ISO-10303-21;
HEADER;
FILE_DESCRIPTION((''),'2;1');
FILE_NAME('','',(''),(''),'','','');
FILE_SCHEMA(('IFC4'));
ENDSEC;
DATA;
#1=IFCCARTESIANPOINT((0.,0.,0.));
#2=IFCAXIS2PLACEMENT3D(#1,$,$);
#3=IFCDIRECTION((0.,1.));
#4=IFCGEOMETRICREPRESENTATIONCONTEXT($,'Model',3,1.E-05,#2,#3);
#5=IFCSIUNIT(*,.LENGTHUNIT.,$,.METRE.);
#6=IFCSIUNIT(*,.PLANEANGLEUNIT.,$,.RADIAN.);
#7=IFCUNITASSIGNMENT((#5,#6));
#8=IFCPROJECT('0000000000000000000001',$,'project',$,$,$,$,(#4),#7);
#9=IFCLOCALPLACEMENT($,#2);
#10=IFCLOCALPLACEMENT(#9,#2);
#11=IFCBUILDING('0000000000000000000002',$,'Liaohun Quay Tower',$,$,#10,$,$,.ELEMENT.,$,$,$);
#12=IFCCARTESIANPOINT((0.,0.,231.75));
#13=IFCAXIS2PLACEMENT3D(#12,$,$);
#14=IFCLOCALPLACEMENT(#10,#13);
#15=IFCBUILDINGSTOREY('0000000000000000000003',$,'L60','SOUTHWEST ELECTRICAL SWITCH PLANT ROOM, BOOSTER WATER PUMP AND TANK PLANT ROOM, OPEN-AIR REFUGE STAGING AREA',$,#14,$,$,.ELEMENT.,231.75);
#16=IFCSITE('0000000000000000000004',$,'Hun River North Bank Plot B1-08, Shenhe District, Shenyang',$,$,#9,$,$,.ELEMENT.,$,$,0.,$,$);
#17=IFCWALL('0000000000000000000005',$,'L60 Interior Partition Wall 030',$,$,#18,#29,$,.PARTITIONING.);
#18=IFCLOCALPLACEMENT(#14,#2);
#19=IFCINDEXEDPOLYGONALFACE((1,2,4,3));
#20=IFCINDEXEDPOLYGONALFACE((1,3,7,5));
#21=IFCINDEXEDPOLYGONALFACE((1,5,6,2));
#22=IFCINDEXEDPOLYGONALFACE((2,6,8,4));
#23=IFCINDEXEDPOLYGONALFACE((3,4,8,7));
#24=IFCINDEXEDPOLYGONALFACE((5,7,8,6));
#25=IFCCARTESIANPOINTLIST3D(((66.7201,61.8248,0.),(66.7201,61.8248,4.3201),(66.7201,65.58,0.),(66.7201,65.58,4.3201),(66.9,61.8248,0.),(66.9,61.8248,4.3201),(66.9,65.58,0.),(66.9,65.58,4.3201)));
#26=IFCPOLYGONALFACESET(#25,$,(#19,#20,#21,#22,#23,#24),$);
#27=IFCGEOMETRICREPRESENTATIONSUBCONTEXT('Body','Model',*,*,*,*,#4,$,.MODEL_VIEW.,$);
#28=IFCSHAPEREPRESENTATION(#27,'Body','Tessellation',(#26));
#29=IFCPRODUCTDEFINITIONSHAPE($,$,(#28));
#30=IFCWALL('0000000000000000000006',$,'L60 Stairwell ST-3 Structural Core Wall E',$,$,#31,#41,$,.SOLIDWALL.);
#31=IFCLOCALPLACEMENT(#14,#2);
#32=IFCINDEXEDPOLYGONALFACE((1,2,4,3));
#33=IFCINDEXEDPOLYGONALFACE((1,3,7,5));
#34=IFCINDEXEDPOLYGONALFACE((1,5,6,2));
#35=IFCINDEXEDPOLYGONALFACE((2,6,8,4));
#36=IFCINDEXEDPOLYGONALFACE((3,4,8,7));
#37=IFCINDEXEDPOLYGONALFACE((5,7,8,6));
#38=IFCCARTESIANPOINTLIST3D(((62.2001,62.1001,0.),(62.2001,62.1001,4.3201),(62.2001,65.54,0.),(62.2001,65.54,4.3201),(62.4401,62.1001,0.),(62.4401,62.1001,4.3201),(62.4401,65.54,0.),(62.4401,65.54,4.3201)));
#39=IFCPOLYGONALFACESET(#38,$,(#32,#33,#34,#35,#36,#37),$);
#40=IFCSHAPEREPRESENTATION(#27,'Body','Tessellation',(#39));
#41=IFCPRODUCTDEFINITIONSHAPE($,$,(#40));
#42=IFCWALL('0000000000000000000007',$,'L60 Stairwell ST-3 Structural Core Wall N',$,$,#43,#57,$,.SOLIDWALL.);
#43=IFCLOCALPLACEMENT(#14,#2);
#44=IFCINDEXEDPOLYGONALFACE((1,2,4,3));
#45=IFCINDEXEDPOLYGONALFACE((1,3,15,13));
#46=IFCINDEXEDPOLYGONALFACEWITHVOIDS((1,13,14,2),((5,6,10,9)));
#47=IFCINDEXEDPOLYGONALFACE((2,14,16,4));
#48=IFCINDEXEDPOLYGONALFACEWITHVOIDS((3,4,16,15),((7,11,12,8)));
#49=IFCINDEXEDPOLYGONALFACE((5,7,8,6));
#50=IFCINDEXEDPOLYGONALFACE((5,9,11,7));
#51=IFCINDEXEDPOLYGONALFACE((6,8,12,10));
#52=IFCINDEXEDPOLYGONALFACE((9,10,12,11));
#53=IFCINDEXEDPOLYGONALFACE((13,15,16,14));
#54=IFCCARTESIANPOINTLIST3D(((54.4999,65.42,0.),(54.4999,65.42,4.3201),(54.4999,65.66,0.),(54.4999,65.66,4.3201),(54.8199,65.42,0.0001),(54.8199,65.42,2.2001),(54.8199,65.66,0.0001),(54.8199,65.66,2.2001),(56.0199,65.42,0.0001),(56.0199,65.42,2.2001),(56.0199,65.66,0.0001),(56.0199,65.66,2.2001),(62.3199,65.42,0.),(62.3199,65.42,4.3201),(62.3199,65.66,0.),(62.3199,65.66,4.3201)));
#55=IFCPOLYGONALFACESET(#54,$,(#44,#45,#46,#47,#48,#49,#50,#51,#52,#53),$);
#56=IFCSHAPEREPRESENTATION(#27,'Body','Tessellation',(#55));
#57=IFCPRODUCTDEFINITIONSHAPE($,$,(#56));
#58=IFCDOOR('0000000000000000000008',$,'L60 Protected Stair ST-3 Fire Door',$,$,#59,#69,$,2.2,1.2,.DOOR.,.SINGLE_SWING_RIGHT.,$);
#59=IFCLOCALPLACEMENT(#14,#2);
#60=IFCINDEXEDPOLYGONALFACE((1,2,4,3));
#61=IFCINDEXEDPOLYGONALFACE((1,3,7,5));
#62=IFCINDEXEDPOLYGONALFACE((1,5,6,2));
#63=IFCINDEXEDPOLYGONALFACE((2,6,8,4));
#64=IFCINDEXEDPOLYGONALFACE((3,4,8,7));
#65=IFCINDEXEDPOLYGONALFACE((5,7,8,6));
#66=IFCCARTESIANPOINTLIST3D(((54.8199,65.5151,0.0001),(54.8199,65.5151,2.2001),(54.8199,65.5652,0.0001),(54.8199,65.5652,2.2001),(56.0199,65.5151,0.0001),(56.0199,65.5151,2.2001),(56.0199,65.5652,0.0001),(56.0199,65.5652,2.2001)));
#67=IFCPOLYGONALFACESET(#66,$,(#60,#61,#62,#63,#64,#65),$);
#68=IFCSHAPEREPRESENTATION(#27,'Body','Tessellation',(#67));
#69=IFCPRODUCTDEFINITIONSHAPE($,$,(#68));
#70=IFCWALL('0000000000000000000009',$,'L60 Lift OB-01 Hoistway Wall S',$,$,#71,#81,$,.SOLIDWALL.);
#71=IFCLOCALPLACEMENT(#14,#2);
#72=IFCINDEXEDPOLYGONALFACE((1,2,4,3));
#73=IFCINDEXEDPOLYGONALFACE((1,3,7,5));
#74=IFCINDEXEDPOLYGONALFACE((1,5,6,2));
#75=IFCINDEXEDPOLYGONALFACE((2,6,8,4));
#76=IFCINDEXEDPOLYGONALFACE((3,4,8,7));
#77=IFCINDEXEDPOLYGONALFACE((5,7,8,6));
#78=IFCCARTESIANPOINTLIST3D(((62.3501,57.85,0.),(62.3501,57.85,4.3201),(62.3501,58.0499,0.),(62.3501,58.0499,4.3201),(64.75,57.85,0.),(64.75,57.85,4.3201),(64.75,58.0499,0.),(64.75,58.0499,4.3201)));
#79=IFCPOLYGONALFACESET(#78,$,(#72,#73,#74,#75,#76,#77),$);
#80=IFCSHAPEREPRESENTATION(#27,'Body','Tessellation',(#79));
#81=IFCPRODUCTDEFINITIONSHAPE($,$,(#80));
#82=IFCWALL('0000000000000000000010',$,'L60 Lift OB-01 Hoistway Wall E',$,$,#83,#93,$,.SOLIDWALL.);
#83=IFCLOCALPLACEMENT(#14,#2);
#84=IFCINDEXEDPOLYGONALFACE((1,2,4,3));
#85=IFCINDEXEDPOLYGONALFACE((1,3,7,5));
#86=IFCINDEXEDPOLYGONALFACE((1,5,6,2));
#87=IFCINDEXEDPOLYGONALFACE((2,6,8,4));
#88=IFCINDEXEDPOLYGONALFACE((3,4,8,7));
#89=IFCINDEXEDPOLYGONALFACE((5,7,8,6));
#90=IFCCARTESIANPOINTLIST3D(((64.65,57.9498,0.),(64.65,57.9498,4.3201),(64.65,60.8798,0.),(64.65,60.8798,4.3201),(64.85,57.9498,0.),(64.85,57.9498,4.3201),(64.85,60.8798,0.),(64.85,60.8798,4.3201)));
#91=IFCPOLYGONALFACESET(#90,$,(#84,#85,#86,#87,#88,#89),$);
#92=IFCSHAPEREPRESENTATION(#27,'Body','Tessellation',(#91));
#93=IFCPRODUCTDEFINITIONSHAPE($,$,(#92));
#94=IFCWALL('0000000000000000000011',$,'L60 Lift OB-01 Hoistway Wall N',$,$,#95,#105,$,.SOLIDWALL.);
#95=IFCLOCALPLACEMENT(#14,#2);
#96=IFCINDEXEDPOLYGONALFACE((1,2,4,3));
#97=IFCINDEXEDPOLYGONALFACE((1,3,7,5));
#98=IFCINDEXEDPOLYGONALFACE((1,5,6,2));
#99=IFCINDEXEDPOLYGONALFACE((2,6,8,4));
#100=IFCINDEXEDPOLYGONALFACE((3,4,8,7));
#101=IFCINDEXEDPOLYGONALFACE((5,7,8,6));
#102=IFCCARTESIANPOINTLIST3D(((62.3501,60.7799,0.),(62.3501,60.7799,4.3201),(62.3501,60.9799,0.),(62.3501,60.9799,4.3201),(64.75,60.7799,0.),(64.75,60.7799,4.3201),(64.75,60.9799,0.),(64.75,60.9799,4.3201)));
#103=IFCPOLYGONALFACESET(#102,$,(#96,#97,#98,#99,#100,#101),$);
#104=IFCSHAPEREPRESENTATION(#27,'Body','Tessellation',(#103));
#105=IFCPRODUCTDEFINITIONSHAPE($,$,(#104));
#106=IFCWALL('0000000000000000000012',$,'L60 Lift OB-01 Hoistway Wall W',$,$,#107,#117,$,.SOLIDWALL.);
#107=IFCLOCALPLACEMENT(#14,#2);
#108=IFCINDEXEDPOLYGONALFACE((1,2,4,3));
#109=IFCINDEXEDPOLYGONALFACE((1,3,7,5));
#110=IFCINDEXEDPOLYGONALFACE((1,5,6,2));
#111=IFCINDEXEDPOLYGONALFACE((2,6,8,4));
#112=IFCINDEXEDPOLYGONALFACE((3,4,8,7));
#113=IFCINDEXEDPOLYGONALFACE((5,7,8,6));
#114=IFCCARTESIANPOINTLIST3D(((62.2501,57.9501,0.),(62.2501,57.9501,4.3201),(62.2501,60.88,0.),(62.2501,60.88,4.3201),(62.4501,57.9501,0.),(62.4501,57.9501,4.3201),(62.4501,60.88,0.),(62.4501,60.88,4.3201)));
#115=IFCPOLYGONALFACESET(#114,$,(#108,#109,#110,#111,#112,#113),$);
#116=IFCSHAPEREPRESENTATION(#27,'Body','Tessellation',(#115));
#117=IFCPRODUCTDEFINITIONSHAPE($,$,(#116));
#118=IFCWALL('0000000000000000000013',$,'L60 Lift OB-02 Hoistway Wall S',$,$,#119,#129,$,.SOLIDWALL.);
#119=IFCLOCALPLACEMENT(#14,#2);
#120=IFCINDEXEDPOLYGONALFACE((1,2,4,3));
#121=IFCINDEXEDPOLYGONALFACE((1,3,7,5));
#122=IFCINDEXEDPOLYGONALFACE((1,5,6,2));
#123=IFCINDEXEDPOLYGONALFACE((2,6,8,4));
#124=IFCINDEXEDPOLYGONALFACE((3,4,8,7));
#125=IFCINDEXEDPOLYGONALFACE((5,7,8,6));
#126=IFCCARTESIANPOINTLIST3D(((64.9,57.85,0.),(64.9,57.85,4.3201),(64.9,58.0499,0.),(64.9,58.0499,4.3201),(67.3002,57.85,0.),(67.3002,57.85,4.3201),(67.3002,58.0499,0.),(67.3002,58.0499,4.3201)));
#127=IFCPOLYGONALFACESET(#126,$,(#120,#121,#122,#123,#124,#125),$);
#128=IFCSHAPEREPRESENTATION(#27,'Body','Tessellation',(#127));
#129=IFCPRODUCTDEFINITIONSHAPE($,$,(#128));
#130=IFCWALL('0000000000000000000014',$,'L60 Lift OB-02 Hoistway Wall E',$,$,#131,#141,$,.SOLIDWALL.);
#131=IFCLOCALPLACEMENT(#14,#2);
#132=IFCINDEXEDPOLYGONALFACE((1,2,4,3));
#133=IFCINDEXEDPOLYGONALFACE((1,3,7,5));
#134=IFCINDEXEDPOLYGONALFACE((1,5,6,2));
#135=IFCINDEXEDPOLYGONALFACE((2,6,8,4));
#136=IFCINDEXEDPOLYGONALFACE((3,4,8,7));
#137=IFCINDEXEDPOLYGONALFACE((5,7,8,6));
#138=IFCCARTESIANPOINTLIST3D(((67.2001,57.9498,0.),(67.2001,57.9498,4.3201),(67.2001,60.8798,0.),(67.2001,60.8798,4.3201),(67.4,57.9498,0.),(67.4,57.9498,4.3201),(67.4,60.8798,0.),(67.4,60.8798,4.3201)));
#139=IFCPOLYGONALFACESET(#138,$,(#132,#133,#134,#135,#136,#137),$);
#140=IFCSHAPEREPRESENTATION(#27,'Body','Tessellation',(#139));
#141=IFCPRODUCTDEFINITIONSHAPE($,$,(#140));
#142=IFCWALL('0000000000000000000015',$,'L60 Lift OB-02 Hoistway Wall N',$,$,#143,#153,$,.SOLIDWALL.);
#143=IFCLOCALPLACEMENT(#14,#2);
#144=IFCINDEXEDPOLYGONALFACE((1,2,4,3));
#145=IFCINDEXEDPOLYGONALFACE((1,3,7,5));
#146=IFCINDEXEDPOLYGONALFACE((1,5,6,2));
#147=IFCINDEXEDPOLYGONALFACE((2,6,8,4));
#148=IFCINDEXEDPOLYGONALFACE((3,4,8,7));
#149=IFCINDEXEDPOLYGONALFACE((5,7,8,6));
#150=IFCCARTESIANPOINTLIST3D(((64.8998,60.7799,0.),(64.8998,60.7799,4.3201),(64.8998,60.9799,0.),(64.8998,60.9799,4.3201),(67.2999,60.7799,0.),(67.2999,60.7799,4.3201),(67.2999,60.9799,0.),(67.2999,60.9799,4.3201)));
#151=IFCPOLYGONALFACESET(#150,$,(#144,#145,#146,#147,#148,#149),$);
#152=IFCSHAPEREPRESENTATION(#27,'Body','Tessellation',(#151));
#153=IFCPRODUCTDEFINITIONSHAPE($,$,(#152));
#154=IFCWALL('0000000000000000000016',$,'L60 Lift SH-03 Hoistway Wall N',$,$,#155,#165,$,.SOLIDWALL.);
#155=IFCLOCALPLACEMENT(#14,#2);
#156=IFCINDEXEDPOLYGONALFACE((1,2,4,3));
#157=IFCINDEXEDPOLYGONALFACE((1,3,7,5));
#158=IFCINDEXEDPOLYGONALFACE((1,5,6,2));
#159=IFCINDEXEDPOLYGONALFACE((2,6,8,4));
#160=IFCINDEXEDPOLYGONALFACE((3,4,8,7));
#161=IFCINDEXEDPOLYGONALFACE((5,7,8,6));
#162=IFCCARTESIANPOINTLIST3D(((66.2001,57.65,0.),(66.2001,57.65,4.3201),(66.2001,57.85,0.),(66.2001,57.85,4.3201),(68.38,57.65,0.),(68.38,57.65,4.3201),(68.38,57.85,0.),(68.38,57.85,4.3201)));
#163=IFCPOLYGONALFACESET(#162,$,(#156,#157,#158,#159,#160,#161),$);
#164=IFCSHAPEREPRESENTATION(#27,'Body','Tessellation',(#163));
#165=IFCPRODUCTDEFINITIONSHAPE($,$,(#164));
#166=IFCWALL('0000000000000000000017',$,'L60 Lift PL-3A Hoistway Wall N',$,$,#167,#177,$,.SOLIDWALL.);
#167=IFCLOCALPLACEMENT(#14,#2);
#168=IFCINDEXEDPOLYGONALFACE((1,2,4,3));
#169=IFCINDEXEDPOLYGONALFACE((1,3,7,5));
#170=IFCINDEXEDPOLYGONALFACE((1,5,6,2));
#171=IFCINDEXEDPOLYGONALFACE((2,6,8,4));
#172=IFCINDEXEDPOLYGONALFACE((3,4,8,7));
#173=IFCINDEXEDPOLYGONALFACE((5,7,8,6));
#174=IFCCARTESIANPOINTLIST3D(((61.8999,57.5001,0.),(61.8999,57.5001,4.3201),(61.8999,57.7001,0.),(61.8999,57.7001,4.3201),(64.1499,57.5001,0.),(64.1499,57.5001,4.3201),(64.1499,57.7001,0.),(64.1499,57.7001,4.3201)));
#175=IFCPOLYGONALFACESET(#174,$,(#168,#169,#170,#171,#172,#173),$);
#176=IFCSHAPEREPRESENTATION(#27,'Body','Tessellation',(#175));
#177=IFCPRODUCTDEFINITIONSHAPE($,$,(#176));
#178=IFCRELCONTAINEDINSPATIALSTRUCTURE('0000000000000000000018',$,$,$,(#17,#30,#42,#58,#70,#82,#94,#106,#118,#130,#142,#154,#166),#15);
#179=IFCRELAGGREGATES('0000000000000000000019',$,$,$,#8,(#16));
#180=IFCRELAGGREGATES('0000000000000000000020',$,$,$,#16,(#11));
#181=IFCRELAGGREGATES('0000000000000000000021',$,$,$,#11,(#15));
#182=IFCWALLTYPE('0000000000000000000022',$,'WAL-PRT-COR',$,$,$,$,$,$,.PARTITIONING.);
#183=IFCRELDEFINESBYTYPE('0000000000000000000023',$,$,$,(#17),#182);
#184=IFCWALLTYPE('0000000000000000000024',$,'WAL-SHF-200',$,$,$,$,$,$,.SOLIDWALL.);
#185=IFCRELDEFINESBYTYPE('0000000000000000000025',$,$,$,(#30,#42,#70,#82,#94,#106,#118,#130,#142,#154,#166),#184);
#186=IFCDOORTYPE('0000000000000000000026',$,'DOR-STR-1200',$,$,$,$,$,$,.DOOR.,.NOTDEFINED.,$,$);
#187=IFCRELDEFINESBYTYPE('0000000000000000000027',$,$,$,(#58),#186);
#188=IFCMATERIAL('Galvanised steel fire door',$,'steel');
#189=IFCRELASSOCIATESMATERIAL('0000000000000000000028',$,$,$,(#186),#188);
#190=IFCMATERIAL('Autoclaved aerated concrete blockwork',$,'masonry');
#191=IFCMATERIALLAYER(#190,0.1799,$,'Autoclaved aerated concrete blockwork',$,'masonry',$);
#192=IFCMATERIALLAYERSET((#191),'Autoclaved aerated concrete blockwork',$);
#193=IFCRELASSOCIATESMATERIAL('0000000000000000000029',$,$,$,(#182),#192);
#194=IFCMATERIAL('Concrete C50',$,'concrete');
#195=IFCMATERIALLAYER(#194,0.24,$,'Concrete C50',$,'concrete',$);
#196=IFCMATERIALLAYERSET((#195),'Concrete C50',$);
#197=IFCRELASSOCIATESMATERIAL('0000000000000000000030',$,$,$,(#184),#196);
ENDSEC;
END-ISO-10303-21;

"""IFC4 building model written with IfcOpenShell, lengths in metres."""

from ifc_helpers import new_model, si_unit, direction, frame, frame_2d, origin, place, context, subcontext, project, spatial, rectangle, extrude, source, transform, mapped, material, layer, layer_set, type_object, element, fill, save


model = new_model("IFC4")

# Units and contexts
model_context = context("Model", 3, precision=1e-05, world=origin(), true_north=direction((0.0, 1.0)))
body_context = subcontext(model_context, "Body", "Model", "MODEL_VIEW")
ifc_project = project(units=[si_unit("LENGTHUNIT", "METRE"), si_unit("PLANEANGLEUNIT", "RADIAN")], contexts=[model_context])

# Site, building, storey
site_placement = place(None, origin())
site = spatial("IfcSite", under=ifc_project, at=site_placement, Name="Hun River North Bank Plot B1-08, Shenhe District, Shenyang", CompositionType="ELEMENT", RefElevation=0.0)
building_placement = place(site_placement, origin())
building = spatial("IfcBuilding", under=site, at=building_placement, Name="Liaohun Quay Tower", CompositionType="ELEMENT")
storey_placement = place(building_placement, frame((0.0, 0.0, 231.75)))
storey = spatial("IfcBuildingStorey", under=building, at=storey_placement, Name="L60", Description="SOUTHWEST ELECTRICAL SWITCH PLANT ROOM, BOOSTER WATER PUMP AND TANK PLANT ROOM, OPEN-AIR REFUGE STAGING AREA", CompositionType="ELEMENT", Elevation=231.75)

# Shared definitions
ifc_material_1 = material(Name="Galvanised steel fire door", Category="steel")
door_type_1 = type_object("IfcDoorType", Name="DOR-STR-1200", OperationType="NOTDEFINED", PredefinedType="DOOR", material=ifc_material_1)
shared_shape_1 = source(origin(), body_context, "Body", "SweptSolid", [
    extrude(rectangle(XDim=1.2, YDim=2.2, at=frame_2d((0.6001, 1.1001))), frame((0.0, 0.0249, 0.0), z_axis=(0.0, -1.0, 0.0), x_axis=(1.0, 0.0, 0.0)), (0.0, 0.0, 1.0), 0.05),
])
ifc_material_2 = material(Name="Autoclaved aerated concrete blockwork", Category="masonry")
ifc_layer_1 = layer(ifc_material_2, 0.1799, Name="Autoclaved aerated concrete blockwork", Category="masonry")
ifc_layer_set_1 = layer_set([ifc_layer_1], Name="Autoclaved aerated concrete blockwork")
wall_type_1 = type_object("IfcWallType", Name="WAL-PRT-COR", PredefinedType="PARTITIONING", material=ifc_layer_set_1)

# Walls
for number, where, z_axis, x_axis, name in (
    (1, (66.8101, 61.825, 0.0), (0.0, 0.0, 1.0), (0.0, 1.0, 0.0), "L60 Interior Partition Wall 030"),
):
    element("IfcWall", number, at=place(storey_placement, frame(where, z_axis=z_axis, x_axis=x_axis)), inside=storey, type_object=wall_type_1, Name=name, PredefinedType="PARTITIONING", context=body_context, shape_type="SweptSolid", body=[
        extrude(rectangle(XDim=3.7551, YDim=0.1799, at=frame_2d((1.8774, 0.0))), origin(), (0.0, 0.0, 1.0), 4.3201),
    ])
ifc_material_3 = material(Name="Concrete C50", Category="concrete")
ifc_layer_2 = layer(ifc_material_3, 0.24, Name="Concrete C50", Category="concrete")
ifc_layer_set_2 = layer_set([ifc_layer_2], Name="Concrete C50")
wall_type_2 = type_object("IfcWallType", Name="WAL-SHF-200", PredefinedType="SOLIDWALL", material=ifc_layer_set_2)
wall_1_placement = place(storey_placement, frame((62.3201, 62.1001, 0.0), z_axis=(0.0, 0.0, 1.0), x_axis=(0.0, 1.0, 0.0)))
element("IfcWall", 2, at=wall_1_placement, inside=storey, type_object=wall_type_2, Name="L60 Stairwell ST-3 Structural Core Wall E", PredefinedType="SOLIDWALL", context=body_context, shape_type="SweptSolid", body=[
    extrude(rectangle(XDim=3.4399, YDim=0.24, at=frame_2d((1.72, 0.0))), origin(), (0.0, 0.0, 1.0), 4.3201),
])

# Wall, opening, door
wall_2_placement = place(storey_placement, frame((62.3201, 65.54, 0.0), z_axis=(0.0, 0.0, 1.0), x_axis=(-1.0, 0.0, 0.0)))
wall_2 = element("IfcWall", 3, at=wall_2_placement, inside=storey, type_object=wall_type_2, Name="L60 Stairwell ST-3 Structural Core Wall N", PredefinedType="SOLIDWALL", context=body_context, shape_type="SweptSolid", body=[
    extrude(rectangle(XDim=7.8201, YDim=0.24, at=frame_2d((3.9102, 0.0))), origin(), (0.0, 0.0, 1.0), 4.3201),
])
shared_shape_2 = source(origin(), body_context, "Body", "SweptSolid", [
    extrude(rectangle(XDim=1.2, YDim=2.2, at=frame_2d((0.6001, 1.1001))), frame((0.0, 0.1299, 0.0), z_axis=(0.0, -1.0, 0.0), x_axis=(1.0, 0.0, 0.0)), (0.0, 0.0, 1.0), 0.26),
])
opening_1_placement = place(wall_2_placement, frame((6.3, 0.0, 0.0)))
opening_1 = element("IfcOpeningElement", 4, at=opening_1_placement, cuts=wall_2, PredefinedType="OPENING", context=body_context, shape_type="MappedRepresentation", body=[
    mapped(shared_shape_2, transform((0.0, 0.0, 0.0), x_axis=(1.0, 0.0, 0.0), y_axis=(0.0, 1.0, 0.0), z_axis=(0.0, 0.0, 1.0), scale=1.0)),
])
door_1_placement = place(opening_1_placement, origin())
door_1 = element("IfcDoor", 5, at=door_1_placement, inside=storey, type_object=door_type_1, Name="L60 Protected Stair ST-3 Fire Door", OperationType="SINGLE_SWING_RIGHT", OverallHeight=2.2, OverallWidth=1.2, PredefinedType="DOOR", context=body_context, shape_type="MappedRepresentation", body=[
    mapped(shared_shape_1, transform((0.0, 0.0, 0.0), x_axis=(1.0, 0.0, 0.0), y_axis=(0.0, 1.0, 0.0), z_axis=(0.0, 0.0, 1.0), scale=1.0)),
])
fill(opening_1, door_1)

# Walls
wall_3_placement = place(storey_placement, frame((62.3501, 57.95, 0.0), z_axis=(0.0, 0.0, 1.0), x_axis=(1.0, 0.0, 0.0)))
element("IfcWall", 6, at=wall_3_placement, inside=storey, type_object=wall_type_2, Name="L60 Lift OB-01 Hoistway Wall S", PredefinedType="SOLIDWALL", context=body_context, shape_type="SweptSolid", body=[
    extrude(rectangle(XDim=2.3999, YDim=0.2, at=frame_2d((1.2, 0.0))), origin(), (0.0, 0.0, 1.0), 4.3201),
])
wall_4_placement = place(storey_placement, frame((64.75, 57.95, 0.0), z_axis=(0.0, 0.0, 1.0), x_axis=(0.0, 1.0, 0.0)))
element("IfcWall", 7, at=wall_4_placement, inside=storey, type_object=wall_type_2, Name="L60 Lift OB-01 Hoistway Wall E", PredefinedType="SOLIDWALL", context=body_context, shape_type="SweptSolid", body=[
    extrude(rectangle(XDim=2.9299, YDim=0.2, at=frame_2d((1.4648, 0.0))), origin(), (0.0, 0.0, 1.0), 4.3201),
])
wall_5_placement = place(storey_placement, frame((64.75, 60.8799, 0.0), z_axis=(0.0, 0.0, 1.0), x_axis=(-1.0, 0.0, 0.0)))
element("IfcWall", 8, at=wall_5_placement, inside=storey, type_object=wall_type_2, Name="L60 Lift OB-01 Hoistway Wall N", PredefinedType="SOLIDWALL", context=body_context, shape_type="SweptSolid", body=[
    extrude(rectangle(XDim=2.3999, YDim=0.2, at=frame_2d((1.2, 0.0))), origin(), (0.0, 0.0, 1.0), 4.3201),
])
wall_6_placement = place(storey_placement, frame((62.3501, 60.8799, 0.0), z_axis=(0.0, 0.0, 1.0), x_axis=(0.0, -1.0, 0.0)))
element("IfcWall", 9, at=wall_6_placement, inside=storey, type_object=wall_type_2, Name="L60 Lift OB-01 Hoistway Wall W", PredefinedType="SOLIDWALL", context=body_context, shape_type="SweptSolid", body=[
    extrude(rectangle(XDim=2.9299, YDim=0.2, at=frame_2d((1.4648, 0.0))), origin(), (0.0, 0.0, 1.0), 4.3201),
])
wall_7_placement = place(storey_placement, frame((64.8999, 57.95, 0.0), z_axis=(0.0, 0.0, 1.0), x_axis=(1.0, 0.0, 0.0)))
element("IfcWall", 10, at=wall_7_placement, inside=storey, type_object=wall_type_2, Name="L60 Lift OB-02 Hoistway Wall S", PredefinedType="SOLIDWALL", context=body_context, shape_type="SweptSolid", body=[
    extrude(rectangle(XDim=2.4001, YDim=0.2, at=frame_2d((1.2002, 0.0))), origin(), (0.0, 0.0, 1.0), 4.3201),
])
wall_8_placement = place(storey_placement, frame((67.3, 57.95, 0.0), z_axis=(0.0, 0.0, 1.0), x_axis=(0.0, 1.0, 0.0)))
element("IfcWall", 11, at=wall_8_placement, inside=storey, type_object=wall_type_2, Name="L60 Lift OB-02 Hoistway Wall E", PredefinedType="SOLIDWALL", context=body_context, shape_type="SweptSolid", body=[
    extrude(rectangle(XDim=2.9299, YDim=0.2, at=frame_2d((1.4648, 0.0))), origin(), (0.0, 0.0, 1.0), 4.3201),
])
wall_9_placement = place(storey_placement, frame((67.3, 60.8799, 0.0), z_axis=(0.0, 0.0, 1.0), x_axis=(-1.0, 0.0, 0.0)))
element("IfcWall", 12, at=wall_9_placement, inside=storey, type_object=wall_type_2, Name="L60 Lift OB-02 Hoistway Wall N", PredefinedType="SOLIDWALL", context=body_context, shape_type="SweptSolid", body=[
    extrude(rectangle(XDim=2.4001, YDim=0.2, at=frame_2d((1.2002, 0.0))), origin(), (0.0, 0.0, 1.0), 4.3201),
])
wall_10_placement = place(storey_placement, frame((68.3799, 57.75, 0.0), z_axis=(0.0, 0.0, 1.0), x_axis=(-1.0, 0.0, 0.0)))
element("IfcWall", 13, at=wall_10_placement, inside=storey, type_object=wall_type_2, Name="L60 Lift SH-03 Hoistway Wall N", PredefinedType="SOLIDWALL", context=body_context, shape_type="SweptSolid", body=[
    extrude(rectangle(XDim=2.1799, YDim=0.2, at=frame_2d((1.0898, 0.0))), origin(), (0.0, 0.0, 1.0), 4.3201),
])
wall_11_placement = place(storey_placement, frame((64.1499, 57.6001, 0.0), z_axis=(0.0, 0.0, 1.0), x_axis=(-1.0, 0.0, 0.0)))
element("IfcWall", 14, at=wall_11_placement, inside=storey, type_object=wall_type_2, Name="L60 Lift PL-3A Hoistway Wall N", PredefinedType="SOLIDWALL", context=body_context, shape_type="SweptSolid", body=[
    extrude(rectangle(XDim=2.25, YDim=0.2, at=frame_2d((1.125, 0.0))), origin(), (0.0, 0.0, 1.0), 4.3201),
])

save(model, "model.ifc")
